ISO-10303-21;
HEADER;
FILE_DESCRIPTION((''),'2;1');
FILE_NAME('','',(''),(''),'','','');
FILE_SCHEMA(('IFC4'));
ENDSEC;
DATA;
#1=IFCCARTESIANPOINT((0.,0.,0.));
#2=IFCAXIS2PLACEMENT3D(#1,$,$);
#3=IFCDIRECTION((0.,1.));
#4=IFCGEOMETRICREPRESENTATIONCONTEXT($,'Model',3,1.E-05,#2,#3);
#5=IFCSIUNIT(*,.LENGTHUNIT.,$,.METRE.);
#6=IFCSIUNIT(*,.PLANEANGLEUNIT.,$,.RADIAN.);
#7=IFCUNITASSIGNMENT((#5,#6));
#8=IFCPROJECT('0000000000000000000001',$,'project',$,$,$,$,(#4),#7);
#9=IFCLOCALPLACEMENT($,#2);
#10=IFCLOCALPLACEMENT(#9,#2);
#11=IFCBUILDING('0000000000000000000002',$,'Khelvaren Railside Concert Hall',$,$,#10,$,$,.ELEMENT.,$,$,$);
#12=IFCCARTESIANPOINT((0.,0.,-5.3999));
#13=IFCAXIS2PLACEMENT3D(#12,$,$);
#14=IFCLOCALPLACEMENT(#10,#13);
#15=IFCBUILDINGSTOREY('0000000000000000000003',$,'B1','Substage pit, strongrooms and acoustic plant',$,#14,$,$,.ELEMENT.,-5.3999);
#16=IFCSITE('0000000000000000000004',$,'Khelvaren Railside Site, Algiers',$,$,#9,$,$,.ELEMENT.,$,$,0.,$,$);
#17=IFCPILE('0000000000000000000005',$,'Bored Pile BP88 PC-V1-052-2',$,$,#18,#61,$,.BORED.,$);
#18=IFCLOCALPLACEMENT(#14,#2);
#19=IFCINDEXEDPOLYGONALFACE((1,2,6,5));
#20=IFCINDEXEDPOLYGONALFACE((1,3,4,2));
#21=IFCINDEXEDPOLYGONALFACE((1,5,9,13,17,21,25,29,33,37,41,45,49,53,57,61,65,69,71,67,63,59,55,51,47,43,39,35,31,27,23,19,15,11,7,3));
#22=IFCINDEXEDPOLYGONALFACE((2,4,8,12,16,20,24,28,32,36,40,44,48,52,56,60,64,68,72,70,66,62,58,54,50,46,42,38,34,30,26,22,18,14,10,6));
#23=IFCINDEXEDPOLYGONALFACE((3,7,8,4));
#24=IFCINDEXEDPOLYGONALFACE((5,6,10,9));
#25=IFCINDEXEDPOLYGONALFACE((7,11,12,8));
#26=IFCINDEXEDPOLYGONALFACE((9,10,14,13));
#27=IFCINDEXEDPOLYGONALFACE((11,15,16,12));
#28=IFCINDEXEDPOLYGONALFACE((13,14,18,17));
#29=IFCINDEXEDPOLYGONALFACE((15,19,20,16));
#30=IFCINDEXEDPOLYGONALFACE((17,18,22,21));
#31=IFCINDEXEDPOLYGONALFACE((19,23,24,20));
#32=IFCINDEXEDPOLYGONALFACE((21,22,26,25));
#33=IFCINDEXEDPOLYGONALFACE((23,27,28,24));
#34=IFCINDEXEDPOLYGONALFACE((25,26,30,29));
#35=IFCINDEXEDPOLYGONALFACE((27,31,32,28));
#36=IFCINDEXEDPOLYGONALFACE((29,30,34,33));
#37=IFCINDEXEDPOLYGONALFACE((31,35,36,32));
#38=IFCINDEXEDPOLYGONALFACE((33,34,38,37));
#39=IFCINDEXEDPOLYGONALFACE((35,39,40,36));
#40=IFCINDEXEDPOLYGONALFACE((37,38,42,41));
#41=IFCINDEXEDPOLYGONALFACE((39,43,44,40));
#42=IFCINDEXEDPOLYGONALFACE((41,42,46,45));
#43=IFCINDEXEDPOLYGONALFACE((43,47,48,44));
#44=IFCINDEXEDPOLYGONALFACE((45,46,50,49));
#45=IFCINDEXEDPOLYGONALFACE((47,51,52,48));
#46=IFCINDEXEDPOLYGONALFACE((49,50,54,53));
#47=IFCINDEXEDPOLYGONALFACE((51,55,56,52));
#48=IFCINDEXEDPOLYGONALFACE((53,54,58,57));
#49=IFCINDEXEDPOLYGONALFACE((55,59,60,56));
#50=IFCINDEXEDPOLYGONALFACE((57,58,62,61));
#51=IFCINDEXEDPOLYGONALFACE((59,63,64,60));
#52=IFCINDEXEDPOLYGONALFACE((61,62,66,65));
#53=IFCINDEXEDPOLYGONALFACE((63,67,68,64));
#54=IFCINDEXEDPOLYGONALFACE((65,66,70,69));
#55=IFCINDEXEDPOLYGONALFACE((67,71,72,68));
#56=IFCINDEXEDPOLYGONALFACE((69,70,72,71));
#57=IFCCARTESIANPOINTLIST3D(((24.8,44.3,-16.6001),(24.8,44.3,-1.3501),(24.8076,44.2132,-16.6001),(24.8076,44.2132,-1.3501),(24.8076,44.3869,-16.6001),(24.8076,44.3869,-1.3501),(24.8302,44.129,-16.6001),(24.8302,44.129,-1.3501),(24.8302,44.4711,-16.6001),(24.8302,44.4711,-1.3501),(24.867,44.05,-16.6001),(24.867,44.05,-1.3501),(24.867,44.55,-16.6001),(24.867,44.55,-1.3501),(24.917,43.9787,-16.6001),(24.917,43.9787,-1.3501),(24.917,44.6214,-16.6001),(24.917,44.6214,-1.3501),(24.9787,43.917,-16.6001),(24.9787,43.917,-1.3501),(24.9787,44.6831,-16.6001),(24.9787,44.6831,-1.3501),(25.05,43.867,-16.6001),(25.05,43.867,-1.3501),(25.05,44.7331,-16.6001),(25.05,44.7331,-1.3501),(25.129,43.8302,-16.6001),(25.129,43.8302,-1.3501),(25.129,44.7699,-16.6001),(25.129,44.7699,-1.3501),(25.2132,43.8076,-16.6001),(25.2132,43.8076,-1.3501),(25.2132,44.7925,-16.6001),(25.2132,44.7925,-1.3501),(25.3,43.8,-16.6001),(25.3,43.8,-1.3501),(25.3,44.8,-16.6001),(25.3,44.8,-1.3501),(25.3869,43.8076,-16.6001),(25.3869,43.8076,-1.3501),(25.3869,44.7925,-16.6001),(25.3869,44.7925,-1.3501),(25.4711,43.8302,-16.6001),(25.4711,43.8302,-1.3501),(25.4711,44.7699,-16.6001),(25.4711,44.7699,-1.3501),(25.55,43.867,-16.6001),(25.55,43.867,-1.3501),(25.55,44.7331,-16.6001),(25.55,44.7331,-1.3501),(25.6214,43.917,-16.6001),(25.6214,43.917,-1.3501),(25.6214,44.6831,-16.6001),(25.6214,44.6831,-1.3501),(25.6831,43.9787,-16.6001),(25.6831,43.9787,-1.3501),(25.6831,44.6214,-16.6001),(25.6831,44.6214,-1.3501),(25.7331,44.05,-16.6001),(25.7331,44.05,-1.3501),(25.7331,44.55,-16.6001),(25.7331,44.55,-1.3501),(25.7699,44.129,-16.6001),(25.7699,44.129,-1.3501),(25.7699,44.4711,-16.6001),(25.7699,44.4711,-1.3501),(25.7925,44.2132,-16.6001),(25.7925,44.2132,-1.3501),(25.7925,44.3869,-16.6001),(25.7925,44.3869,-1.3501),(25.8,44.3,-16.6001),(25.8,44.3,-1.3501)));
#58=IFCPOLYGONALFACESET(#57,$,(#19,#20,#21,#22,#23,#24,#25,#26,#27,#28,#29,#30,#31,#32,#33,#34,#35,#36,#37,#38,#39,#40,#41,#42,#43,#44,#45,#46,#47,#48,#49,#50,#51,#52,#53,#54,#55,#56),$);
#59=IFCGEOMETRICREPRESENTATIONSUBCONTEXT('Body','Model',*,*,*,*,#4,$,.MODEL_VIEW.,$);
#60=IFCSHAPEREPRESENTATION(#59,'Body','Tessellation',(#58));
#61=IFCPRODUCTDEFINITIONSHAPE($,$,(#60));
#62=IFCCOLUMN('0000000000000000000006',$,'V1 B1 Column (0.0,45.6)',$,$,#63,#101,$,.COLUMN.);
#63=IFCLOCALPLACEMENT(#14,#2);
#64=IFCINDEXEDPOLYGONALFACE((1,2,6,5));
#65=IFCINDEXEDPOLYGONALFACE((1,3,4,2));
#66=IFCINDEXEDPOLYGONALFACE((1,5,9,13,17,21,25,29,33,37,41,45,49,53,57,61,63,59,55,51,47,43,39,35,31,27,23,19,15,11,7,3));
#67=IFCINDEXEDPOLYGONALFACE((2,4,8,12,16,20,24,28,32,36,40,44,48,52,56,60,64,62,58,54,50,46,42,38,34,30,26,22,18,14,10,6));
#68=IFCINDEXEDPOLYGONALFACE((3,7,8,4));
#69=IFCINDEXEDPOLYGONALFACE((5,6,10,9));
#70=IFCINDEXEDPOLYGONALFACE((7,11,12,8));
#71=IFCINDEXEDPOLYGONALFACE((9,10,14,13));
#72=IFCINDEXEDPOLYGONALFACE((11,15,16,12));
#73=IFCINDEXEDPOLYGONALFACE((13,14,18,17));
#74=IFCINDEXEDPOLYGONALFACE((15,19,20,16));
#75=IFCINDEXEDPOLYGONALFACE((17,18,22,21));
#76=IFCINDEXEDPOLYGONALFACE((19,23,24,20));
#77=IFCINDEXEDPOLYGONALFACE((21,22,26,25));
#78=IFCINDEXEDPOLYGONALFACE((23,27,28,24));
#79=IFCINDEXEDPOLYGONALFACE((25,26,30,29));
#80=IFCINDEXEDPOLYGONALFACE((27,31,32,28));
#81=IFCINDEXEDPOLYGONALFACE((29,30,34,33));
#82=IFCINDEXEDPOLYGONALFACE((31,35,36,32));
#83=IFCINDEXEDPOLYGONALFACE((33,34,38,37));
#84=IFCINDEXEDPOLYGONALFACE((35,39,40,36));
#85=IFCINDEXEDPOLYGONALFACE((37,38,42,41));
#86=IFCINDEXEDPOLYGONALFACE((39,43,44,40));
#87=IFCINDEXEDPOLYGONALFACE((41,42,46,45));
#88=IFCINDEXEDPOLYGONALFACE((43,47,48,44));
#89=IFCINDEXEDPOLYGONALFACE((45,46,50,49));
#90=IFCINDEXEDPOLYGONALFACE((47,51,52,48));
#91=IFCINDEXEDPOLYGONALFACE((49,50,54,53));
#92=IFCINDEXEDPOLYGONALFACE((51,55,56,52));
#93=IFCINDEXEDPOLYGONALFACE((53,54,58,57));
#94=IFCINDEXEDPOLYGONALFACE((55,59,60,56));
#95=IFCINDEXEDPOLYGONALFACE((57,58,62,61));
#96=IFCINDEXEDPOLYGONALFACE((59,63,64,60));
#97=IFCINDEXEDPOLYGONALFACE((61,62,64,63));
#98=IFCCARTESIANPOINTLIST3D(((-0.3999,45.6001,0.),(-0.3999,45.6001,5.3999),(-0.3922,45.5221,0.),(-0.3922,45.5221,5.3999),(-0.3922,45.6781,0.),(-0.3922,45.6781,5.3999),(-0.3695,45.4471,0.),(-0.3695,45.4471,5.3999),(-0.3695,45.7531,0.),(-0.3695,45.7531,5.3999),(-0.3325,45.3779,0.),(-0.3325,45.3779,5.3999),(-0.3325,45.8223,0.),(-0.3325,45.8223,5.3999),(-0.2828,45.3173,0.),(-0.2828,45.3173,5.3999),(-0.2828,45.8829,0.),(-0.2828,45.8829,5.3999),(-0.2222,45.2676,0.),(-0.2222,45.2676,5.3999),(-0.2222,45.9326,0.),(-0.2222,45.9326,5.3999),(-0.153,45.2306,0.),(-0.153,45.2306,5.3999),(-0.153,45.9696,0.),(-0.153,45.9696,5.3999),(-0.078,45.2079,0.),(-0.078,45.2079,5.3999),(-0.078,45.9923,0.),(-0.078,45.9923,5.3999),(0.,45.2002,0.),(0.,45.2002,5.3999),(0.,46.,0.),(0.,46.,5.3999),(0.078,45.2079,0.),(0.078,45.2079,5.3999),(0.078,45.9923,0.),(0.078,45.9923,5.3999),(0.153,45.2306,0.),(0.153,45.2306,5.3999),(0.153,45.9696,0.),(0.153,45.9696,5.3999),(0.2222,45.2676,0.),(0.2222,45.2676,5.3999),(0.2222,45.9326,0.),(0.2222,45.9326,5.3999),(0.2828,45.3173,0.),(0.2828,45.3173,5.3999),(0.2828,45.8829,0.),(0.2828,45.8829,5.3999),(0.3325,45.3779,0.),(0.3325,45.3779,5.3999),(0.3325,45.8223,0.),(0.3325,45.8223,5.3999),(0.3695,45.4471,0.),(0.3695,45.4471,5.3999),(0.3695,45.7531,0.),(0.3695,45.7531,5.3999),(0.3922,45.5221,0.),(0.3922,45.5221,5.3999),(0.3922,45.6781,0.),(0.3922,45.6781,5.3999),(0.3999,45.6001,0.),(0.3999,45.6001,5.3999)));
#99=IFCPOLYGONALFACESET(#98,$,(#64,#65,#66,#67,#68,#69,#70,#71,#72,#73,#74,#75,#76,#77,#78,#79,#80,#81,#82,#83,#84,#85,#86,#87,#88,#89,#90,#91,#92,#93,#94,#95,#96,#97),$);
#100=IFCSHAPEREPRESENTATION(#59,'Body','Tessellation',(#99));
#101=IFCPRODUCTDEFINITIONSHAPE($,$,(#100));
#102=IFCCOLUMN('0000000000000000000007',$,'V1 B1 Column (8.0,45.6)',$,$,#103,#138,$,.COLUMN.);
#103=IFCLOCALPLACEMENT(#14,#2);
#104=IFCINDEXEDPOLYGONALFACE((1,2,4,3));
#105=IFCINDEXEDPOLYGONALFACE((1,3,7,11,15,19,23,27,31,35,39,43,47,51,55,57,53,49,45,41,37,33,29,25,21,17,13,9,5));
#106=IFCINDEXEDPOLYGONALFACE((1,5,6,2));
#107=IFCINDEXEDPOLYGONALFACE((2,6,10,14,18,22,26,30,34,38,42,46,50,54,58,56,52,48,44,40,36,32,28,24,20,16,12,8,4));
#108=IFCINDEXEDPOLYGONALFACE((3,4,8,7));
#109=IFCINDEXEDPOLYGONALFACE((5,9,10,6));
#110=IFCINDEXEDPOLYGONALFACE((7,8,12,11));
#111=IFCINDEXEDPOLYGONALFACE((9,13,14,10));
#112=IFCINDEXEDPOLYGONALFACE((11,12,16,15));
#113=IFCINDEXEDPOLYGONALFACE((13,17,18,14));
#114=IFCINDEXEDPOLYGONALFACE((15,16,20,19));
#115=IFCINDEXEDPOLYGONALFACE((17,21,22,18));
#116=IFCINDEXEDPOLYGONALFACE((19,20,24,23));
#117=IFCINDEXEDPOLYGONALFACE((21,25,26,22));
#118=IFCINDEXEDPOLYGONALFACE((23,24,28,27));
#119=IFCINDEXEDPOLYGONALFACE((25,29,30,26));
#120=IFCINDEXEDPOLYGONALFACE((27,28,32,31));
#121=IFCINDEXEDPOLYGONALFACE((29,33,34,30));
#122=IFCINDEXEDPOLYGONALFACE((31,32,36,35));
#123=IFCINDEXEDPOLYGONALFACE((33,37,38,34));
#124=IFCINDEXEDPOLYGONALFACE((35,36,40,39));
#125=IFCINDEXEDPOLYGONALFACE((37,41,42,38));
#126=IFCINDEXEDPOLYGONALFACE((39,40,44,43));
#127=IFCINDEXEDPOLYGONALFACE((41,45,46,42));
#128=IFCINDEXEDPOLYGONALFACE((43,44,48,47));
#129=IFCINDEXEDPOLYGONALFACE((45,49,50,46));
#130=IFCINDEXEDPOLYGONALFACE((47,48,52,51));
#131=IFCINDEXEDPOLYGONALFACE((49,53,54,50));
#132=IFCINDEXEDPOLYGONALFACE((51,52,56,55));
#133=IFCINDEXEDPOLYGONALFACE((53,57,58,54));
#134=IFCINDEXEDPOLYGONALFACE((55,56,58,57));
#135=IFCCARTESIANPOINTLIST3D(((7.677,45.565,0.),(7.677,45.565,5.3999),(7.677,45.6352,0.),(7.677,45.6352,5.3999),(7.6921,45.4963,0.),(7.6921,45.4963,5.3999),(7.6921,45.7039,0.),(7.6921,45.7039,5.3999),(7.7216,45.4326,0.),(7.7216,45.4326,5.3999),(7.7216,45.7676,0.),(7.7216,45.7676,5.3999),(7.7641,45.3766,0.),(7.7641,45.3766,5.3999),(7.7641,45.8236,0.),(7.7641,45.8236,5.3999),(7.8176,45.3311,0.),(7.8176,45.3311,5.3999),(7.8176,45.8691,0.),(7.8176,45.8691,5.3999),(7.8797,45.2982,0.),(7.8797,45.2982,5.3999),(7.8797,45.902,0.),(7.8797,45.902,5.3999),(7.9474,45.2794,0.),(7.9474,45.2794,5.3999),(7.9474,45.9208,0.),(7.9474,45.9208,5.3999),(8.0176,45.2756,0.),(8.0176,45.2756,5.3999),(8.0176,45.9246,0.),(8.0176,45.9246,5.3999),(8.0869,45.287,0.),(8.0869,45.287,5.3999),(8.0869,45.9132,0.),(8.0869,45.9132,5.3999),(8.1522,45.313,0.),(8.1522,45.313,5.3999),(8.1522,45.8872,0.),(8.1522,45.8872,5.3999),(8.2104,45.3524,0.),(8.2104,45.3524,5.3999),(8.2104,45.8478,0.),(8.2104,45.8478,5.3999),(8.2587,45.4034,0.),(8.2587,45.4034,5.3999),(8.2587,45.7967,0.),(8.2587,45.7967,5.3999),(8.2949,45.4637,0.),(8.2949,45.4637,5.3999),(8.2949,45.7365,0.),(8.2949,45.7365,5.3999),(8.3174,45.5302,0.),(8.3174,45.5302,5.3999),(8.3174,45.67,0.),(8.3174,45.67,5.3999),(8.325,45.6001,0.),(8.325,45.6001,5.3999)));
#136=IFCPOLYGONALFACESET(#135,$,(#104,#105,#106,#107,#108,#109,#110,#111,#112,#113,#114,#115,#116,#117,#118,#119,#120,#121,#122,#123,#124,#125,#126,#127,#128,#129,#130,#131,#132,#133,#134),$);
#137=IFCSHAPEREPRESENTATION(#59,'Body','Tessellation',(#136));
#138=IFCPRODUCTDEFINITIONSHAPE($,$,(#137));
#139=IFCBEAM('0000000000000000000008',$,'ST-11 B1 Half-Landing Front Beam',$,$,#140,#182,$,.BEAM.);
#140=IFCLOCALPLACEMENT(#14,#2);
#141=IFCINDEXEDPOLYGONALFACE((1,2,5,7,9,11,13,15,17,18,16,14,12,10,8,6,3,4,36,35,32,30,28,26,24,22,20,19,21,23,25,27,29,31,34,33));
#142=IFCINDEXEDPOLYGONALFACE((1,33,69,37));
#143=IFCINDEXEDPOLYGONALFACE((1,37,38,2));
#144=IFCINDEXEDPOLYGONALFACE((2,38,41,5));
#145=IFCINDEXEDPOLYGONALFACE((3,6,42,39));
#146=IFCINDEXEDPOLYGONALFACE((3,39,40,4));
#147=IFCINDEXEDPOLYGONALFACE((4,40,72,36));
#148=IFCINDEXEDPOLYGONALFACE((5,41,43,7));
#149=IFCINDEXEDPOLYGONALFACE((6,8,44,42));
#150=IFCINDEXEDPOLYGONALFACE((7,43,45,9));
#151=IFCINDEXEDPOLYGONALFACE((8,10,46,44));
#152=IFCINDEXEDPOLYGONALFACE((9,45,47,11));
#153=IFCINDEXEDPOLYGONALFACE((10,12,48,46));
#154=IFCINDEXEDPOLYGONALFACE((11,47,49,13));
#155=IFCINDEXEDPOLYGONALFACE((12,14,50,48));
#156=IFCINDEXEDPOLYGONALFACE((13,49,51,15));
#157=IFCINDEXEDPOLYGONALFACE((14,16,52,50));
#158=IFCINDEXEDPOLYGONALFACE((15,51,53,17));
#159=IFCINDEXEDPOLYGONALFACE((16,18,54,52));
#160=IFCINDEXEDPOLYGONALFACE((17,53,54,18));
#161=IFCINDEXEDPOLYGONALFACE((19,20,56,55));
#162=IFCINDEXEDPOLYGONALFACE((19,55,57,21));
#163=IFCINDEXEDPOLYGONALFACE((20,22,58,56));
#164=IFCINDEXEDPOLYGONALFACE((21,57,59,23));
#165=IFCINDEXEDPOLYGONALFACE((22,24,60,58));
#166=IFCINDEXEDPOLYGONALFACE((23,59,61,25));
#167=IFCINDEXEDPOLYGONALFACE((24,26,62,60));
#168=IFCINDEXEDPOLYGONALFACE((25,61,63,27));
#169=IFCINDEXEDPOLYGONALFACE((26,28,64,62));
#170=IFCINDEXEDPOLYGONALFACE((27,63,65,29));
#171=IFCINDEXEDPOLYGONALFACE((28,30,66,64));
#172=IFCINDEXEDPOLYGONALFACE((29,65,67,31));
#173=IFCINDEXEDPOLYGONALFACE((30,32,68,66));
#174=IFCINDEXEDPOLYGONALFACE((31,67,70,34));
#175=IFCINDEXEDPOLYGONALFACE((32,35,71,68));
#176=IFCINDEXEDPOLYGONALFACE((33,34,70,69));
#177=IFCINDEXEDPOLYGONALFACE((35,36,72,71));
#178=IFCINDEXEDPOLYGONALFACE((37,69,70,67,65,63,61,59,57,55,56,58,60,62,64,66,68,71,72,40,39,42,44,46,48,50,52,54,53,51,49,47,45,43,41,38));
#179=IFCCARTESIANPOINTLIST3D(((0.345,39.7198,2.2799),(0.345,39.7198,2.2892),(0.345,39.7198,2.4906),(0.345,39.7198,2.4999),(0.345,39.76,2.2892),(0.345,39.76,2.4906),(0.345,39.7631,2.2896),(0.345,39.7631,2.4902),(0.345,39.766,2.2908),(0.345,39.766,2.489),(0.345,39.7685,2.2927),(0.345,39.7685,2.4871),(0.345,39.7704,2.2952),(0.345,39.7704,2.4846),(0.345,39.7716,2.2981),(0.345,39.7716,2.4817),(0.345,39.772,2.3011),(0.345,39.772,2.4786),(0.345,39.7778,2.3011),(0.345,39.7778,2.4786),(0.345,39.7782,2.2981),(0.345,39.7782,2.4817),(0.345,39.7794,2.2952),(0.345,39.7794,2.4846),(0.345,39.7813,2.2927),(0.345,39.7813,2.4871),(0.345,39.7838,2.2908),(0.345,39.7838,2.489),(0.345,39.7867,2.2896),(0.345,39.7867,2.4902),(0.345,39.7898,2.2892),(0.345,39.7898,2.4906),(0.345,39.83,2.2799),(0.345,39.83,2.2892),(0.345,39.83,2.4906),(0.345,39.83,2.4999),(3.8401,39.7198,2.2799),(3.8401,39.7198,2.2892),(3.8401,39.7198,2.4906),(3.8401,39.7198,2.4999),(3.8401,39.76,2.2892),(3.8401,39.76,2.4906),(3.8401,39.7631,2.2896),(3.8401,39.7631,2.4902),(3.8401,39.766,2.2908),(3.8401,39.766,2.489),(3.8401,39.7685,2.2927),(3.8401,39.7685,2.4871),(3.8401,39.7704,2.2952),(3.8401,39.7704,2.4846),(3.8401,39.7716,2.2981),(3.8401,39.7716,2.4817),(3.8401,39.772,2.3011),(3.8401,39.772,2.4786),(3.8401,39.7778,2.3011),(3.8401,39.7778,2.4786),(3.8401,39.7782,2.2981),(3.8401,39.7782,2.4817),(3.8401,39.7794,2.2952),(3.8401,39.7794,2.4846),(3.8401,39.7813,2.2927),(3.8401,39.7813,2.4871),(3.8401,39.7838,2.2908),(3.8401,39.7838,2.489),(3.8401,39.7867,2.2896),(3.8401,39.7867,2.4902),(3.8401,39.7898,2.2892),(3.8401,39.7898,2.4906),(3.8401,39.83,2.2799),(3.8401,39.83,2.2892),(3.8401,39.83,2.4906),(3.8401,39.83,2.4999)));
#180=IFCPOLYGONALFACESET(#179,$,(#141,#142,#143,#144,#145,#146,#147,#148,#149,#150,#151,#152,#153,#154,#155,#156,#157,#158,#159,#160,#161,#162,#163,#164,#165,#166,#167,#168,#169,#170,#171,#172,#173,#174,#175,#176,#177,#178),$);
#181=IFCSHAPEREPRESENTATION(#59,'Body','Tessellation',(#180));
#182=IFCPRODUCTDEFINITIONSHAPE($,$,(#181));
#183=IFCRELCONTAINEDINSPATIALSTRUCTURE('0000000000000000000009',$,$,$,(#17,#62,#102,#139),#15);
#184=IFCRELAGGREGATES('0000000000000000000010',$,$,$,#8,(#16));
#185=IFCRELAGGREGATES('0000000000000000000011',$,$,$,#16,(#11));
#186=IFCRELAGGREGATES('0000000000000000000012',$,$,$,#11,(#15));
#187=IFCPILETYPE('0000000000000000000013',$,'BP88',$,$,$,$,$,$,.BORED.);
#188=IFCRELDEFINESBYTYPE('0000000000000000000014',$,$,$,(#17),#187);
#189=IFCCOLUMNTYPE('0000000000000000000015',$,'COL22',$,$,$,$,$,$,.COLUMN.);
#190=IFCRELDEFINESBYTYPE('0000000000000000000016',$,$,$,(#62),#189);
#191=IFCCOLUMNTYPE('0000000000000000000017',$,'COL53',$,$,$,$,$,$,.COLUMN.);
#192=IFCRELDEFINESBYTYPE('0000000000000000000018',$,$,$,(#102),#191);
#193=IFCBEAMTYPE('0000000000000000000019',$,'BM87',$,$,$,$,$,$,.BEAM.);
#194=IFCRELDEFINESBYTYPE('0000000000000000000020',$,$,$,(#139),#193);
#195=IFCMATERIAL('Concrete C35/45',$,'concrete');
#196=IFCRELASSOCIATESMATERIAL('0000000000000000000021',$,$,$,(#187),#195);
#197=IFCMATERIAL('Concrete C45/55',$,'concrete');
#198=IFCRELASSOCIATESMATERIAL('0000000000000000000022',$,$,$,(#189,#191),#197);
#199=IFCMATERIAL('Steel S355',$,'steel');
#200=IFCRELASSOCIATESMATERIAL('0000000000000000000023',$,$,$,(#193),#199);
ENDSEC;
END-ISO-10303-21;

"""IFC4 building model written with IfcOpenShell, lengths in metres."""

from ifc_helpers import new_model, si_unit, direction, frame, origin, origin_2d, place, context, subcontext, project, spatial, circle, i_section, extrude, material, material_profile, profile_set, type_object, element, save


model = new_model("IFC4")

# Units and contexts
model_context = context("Model", 3, precision=1e-05, world=origin(), true_north=direction((0.0, 1.0)))
body_context = subcontext(model_context, "Body", "Model", "MODEL_VIEW")
ifc_project = project(units=[si_unit("LENGTHUNIT", "METRE"), si_unit("PLANEANGLEUNIT", "RADIAN")], contexts=[model_context])

# Site, building, storey
site_placement = place(None, origin())
site = spatial("IfcSite", under=ifc_project, at=site_placement, Name="Khelvaren Railside Site, Algiers", CompositionType="ELEMENT", RefElevation=0.0)
building_placement = place(site_placement, origin())
building = spatial("IfcBuilding", under=site, at=building_placement, Name="Khelvaren Railside Concert Hall", CompositionType="ELEMENT")
storey_placement = place(building_placement, frame((0.0, 0.0, -5.3999)))
storey = spatial("IfcBuildingStorey", under=building, at=storey_placement, Name="B1", Description="Substage pit, strongrooms and acoustic plant", CompositionType="ELEMENT", Elevation=-5.3999)

# Pile
ifc_material_1 = material(Name="Concrete C35/45", Category="concrete")
ifc_material_profile_1 = material_profile(ifc_material_1, circle(Radius=0.5, at=origin_2d()), Name="BP D1000")
ifc_profile_set_1 = profile_set([ifc_material_profile_1], Name="Concrete C35/45")
pile_type_1 = type_object("IfcPileType", Name="BP88", PredefinedType="BORED", material=ifc_profile_set_1)
for number, where, z_axis, x_axis, name in (
    (1, (25.3, 44.3, -1.3501), (0.0, 0.0, -1.0), (1.0, 0.0, 0.0), "Bored Pile BP88 PC-V1-052-2"),
):
    element("IfcPile", number, at=place(storey_placement, frame(where, z_axis=z_axis, x_axis=x_axis)), inside=storey, type_object=pile_type_1, Name=name, PredefinedType="BORED", context=body_context, shape_type="SweptSolid", body=[
        extrude(circle(Radius=0.5, at=origin_2d()), origin(), (0.0, 0.0, 1.0), 15.25),
    ])

# Columns
ifc_material_2 = material(Name="Concrete C45/55", Category="concrete")
ifc_material_profile_2 = material_profile(ifc_material_2, circle(Radius=0.3999, at=origin_2d()), Name="RC D800")
ifc_profile_set_2 = profile_set([ifc_material_profile_2], Name="Concrete C45/55")
column_type_1 = type_object("IfcColumnType", Name="COL22", PredefinedType="COLUMN", material=ifc_profile_set_2)
column_1_placement = place(storey_placement, frame((0.0, 45.6001, 0.0), z_axis=(0.0, 0.0, 1.0), x_axis=(1.0, 0.0, 0.0)))
element("IfcColumn", 2, at=column_1_placement, inside=storey, type_object=column_type_1, Name="V1 B1 Column (0.0,45.6)", PredefinedType="COLUMN", context=body_context, shape_type="SweptSolid", body=[
    extrude(circle(Radius=0.3999, at=origin_2d()), origin(), (0.0, 0.0, 1.0), 5.3999),
])
ifc_material_profile_3 = material_profile(ifc_material_2, circle(Radius=0.325, at=origin_2d()), Name="RC D650")
ifc_profile_set_3 = profile_set([ifc_material_profile_3], Name="Concrete C45/55")
column_type_2 = type_object("IfcColumnType", Name="COL53", PredefinedType="COLUMN", material=ifc_profile_set_3)
column_2_placement = place(storey_placement, frame((8.0, 45.6001, 0.0), z_axis=(0.0, 0.0, 1.0), x_axis=(1.0, 0.0, 0.0)))
element("IfcColumn", 3, at=column_2_placement, inside=storey, type_object=column_type_2, Name="V1 B1 Column (8.0,45.6)", PredefinedType="COLUMN", context=body_context, shape_type="SweptSolid", body=[
    extrude(circle(Radius=0.325, at=origin_2d()), origin(), (0.0, 0.0, 1.0), 5.3999),
])

# Beam
ifc_material_3 = material(Name="Steel S355", Category="steel")
ifc_material_profile_4 = material_profile(ifc_material_3, i_section(OverallWidth=0.1101, OverallDepth=0.22, WebThickness=0.0059, FlangeThickness=0.0093, FilletRadius=0.012, at=origin_2d()), Name="IPE 220")
ifc_profile_set_4 = profile_set([ifc_material_profile_4], Name="Steel S355")
beam_type_1 = type_object("IfcBeamType", Name="BM87", PredefinedType="BEAM", material=ifc_profile_set_4)
beam_1_placement = place(storey_placement, frame((0.345, 39.7749, 2.3899), z_axis=(1.0, 0.0, 0.0), x_axis=(0.0, 1.0, 0.0)))
element("IfcBeam", 4, at=beam_1_placement, inside=storey, type_object=beam_type_1, Name="ST-11 B1 Half-Landing Front Beam", PredefinedType="BEAM", context=body_context, shape_type="SweptSolid", body=[
    extrude(i_section(OverallWidth=0.1101, OverallDepth=0.22, WebThickness=0.0059, FlangeThickness=0.0093, FilletRadius=0.012, at=origin_2d()), origin(), (0.0, 0.0, 1.0), 3.4951),
])

save(model, "model.ifc")
